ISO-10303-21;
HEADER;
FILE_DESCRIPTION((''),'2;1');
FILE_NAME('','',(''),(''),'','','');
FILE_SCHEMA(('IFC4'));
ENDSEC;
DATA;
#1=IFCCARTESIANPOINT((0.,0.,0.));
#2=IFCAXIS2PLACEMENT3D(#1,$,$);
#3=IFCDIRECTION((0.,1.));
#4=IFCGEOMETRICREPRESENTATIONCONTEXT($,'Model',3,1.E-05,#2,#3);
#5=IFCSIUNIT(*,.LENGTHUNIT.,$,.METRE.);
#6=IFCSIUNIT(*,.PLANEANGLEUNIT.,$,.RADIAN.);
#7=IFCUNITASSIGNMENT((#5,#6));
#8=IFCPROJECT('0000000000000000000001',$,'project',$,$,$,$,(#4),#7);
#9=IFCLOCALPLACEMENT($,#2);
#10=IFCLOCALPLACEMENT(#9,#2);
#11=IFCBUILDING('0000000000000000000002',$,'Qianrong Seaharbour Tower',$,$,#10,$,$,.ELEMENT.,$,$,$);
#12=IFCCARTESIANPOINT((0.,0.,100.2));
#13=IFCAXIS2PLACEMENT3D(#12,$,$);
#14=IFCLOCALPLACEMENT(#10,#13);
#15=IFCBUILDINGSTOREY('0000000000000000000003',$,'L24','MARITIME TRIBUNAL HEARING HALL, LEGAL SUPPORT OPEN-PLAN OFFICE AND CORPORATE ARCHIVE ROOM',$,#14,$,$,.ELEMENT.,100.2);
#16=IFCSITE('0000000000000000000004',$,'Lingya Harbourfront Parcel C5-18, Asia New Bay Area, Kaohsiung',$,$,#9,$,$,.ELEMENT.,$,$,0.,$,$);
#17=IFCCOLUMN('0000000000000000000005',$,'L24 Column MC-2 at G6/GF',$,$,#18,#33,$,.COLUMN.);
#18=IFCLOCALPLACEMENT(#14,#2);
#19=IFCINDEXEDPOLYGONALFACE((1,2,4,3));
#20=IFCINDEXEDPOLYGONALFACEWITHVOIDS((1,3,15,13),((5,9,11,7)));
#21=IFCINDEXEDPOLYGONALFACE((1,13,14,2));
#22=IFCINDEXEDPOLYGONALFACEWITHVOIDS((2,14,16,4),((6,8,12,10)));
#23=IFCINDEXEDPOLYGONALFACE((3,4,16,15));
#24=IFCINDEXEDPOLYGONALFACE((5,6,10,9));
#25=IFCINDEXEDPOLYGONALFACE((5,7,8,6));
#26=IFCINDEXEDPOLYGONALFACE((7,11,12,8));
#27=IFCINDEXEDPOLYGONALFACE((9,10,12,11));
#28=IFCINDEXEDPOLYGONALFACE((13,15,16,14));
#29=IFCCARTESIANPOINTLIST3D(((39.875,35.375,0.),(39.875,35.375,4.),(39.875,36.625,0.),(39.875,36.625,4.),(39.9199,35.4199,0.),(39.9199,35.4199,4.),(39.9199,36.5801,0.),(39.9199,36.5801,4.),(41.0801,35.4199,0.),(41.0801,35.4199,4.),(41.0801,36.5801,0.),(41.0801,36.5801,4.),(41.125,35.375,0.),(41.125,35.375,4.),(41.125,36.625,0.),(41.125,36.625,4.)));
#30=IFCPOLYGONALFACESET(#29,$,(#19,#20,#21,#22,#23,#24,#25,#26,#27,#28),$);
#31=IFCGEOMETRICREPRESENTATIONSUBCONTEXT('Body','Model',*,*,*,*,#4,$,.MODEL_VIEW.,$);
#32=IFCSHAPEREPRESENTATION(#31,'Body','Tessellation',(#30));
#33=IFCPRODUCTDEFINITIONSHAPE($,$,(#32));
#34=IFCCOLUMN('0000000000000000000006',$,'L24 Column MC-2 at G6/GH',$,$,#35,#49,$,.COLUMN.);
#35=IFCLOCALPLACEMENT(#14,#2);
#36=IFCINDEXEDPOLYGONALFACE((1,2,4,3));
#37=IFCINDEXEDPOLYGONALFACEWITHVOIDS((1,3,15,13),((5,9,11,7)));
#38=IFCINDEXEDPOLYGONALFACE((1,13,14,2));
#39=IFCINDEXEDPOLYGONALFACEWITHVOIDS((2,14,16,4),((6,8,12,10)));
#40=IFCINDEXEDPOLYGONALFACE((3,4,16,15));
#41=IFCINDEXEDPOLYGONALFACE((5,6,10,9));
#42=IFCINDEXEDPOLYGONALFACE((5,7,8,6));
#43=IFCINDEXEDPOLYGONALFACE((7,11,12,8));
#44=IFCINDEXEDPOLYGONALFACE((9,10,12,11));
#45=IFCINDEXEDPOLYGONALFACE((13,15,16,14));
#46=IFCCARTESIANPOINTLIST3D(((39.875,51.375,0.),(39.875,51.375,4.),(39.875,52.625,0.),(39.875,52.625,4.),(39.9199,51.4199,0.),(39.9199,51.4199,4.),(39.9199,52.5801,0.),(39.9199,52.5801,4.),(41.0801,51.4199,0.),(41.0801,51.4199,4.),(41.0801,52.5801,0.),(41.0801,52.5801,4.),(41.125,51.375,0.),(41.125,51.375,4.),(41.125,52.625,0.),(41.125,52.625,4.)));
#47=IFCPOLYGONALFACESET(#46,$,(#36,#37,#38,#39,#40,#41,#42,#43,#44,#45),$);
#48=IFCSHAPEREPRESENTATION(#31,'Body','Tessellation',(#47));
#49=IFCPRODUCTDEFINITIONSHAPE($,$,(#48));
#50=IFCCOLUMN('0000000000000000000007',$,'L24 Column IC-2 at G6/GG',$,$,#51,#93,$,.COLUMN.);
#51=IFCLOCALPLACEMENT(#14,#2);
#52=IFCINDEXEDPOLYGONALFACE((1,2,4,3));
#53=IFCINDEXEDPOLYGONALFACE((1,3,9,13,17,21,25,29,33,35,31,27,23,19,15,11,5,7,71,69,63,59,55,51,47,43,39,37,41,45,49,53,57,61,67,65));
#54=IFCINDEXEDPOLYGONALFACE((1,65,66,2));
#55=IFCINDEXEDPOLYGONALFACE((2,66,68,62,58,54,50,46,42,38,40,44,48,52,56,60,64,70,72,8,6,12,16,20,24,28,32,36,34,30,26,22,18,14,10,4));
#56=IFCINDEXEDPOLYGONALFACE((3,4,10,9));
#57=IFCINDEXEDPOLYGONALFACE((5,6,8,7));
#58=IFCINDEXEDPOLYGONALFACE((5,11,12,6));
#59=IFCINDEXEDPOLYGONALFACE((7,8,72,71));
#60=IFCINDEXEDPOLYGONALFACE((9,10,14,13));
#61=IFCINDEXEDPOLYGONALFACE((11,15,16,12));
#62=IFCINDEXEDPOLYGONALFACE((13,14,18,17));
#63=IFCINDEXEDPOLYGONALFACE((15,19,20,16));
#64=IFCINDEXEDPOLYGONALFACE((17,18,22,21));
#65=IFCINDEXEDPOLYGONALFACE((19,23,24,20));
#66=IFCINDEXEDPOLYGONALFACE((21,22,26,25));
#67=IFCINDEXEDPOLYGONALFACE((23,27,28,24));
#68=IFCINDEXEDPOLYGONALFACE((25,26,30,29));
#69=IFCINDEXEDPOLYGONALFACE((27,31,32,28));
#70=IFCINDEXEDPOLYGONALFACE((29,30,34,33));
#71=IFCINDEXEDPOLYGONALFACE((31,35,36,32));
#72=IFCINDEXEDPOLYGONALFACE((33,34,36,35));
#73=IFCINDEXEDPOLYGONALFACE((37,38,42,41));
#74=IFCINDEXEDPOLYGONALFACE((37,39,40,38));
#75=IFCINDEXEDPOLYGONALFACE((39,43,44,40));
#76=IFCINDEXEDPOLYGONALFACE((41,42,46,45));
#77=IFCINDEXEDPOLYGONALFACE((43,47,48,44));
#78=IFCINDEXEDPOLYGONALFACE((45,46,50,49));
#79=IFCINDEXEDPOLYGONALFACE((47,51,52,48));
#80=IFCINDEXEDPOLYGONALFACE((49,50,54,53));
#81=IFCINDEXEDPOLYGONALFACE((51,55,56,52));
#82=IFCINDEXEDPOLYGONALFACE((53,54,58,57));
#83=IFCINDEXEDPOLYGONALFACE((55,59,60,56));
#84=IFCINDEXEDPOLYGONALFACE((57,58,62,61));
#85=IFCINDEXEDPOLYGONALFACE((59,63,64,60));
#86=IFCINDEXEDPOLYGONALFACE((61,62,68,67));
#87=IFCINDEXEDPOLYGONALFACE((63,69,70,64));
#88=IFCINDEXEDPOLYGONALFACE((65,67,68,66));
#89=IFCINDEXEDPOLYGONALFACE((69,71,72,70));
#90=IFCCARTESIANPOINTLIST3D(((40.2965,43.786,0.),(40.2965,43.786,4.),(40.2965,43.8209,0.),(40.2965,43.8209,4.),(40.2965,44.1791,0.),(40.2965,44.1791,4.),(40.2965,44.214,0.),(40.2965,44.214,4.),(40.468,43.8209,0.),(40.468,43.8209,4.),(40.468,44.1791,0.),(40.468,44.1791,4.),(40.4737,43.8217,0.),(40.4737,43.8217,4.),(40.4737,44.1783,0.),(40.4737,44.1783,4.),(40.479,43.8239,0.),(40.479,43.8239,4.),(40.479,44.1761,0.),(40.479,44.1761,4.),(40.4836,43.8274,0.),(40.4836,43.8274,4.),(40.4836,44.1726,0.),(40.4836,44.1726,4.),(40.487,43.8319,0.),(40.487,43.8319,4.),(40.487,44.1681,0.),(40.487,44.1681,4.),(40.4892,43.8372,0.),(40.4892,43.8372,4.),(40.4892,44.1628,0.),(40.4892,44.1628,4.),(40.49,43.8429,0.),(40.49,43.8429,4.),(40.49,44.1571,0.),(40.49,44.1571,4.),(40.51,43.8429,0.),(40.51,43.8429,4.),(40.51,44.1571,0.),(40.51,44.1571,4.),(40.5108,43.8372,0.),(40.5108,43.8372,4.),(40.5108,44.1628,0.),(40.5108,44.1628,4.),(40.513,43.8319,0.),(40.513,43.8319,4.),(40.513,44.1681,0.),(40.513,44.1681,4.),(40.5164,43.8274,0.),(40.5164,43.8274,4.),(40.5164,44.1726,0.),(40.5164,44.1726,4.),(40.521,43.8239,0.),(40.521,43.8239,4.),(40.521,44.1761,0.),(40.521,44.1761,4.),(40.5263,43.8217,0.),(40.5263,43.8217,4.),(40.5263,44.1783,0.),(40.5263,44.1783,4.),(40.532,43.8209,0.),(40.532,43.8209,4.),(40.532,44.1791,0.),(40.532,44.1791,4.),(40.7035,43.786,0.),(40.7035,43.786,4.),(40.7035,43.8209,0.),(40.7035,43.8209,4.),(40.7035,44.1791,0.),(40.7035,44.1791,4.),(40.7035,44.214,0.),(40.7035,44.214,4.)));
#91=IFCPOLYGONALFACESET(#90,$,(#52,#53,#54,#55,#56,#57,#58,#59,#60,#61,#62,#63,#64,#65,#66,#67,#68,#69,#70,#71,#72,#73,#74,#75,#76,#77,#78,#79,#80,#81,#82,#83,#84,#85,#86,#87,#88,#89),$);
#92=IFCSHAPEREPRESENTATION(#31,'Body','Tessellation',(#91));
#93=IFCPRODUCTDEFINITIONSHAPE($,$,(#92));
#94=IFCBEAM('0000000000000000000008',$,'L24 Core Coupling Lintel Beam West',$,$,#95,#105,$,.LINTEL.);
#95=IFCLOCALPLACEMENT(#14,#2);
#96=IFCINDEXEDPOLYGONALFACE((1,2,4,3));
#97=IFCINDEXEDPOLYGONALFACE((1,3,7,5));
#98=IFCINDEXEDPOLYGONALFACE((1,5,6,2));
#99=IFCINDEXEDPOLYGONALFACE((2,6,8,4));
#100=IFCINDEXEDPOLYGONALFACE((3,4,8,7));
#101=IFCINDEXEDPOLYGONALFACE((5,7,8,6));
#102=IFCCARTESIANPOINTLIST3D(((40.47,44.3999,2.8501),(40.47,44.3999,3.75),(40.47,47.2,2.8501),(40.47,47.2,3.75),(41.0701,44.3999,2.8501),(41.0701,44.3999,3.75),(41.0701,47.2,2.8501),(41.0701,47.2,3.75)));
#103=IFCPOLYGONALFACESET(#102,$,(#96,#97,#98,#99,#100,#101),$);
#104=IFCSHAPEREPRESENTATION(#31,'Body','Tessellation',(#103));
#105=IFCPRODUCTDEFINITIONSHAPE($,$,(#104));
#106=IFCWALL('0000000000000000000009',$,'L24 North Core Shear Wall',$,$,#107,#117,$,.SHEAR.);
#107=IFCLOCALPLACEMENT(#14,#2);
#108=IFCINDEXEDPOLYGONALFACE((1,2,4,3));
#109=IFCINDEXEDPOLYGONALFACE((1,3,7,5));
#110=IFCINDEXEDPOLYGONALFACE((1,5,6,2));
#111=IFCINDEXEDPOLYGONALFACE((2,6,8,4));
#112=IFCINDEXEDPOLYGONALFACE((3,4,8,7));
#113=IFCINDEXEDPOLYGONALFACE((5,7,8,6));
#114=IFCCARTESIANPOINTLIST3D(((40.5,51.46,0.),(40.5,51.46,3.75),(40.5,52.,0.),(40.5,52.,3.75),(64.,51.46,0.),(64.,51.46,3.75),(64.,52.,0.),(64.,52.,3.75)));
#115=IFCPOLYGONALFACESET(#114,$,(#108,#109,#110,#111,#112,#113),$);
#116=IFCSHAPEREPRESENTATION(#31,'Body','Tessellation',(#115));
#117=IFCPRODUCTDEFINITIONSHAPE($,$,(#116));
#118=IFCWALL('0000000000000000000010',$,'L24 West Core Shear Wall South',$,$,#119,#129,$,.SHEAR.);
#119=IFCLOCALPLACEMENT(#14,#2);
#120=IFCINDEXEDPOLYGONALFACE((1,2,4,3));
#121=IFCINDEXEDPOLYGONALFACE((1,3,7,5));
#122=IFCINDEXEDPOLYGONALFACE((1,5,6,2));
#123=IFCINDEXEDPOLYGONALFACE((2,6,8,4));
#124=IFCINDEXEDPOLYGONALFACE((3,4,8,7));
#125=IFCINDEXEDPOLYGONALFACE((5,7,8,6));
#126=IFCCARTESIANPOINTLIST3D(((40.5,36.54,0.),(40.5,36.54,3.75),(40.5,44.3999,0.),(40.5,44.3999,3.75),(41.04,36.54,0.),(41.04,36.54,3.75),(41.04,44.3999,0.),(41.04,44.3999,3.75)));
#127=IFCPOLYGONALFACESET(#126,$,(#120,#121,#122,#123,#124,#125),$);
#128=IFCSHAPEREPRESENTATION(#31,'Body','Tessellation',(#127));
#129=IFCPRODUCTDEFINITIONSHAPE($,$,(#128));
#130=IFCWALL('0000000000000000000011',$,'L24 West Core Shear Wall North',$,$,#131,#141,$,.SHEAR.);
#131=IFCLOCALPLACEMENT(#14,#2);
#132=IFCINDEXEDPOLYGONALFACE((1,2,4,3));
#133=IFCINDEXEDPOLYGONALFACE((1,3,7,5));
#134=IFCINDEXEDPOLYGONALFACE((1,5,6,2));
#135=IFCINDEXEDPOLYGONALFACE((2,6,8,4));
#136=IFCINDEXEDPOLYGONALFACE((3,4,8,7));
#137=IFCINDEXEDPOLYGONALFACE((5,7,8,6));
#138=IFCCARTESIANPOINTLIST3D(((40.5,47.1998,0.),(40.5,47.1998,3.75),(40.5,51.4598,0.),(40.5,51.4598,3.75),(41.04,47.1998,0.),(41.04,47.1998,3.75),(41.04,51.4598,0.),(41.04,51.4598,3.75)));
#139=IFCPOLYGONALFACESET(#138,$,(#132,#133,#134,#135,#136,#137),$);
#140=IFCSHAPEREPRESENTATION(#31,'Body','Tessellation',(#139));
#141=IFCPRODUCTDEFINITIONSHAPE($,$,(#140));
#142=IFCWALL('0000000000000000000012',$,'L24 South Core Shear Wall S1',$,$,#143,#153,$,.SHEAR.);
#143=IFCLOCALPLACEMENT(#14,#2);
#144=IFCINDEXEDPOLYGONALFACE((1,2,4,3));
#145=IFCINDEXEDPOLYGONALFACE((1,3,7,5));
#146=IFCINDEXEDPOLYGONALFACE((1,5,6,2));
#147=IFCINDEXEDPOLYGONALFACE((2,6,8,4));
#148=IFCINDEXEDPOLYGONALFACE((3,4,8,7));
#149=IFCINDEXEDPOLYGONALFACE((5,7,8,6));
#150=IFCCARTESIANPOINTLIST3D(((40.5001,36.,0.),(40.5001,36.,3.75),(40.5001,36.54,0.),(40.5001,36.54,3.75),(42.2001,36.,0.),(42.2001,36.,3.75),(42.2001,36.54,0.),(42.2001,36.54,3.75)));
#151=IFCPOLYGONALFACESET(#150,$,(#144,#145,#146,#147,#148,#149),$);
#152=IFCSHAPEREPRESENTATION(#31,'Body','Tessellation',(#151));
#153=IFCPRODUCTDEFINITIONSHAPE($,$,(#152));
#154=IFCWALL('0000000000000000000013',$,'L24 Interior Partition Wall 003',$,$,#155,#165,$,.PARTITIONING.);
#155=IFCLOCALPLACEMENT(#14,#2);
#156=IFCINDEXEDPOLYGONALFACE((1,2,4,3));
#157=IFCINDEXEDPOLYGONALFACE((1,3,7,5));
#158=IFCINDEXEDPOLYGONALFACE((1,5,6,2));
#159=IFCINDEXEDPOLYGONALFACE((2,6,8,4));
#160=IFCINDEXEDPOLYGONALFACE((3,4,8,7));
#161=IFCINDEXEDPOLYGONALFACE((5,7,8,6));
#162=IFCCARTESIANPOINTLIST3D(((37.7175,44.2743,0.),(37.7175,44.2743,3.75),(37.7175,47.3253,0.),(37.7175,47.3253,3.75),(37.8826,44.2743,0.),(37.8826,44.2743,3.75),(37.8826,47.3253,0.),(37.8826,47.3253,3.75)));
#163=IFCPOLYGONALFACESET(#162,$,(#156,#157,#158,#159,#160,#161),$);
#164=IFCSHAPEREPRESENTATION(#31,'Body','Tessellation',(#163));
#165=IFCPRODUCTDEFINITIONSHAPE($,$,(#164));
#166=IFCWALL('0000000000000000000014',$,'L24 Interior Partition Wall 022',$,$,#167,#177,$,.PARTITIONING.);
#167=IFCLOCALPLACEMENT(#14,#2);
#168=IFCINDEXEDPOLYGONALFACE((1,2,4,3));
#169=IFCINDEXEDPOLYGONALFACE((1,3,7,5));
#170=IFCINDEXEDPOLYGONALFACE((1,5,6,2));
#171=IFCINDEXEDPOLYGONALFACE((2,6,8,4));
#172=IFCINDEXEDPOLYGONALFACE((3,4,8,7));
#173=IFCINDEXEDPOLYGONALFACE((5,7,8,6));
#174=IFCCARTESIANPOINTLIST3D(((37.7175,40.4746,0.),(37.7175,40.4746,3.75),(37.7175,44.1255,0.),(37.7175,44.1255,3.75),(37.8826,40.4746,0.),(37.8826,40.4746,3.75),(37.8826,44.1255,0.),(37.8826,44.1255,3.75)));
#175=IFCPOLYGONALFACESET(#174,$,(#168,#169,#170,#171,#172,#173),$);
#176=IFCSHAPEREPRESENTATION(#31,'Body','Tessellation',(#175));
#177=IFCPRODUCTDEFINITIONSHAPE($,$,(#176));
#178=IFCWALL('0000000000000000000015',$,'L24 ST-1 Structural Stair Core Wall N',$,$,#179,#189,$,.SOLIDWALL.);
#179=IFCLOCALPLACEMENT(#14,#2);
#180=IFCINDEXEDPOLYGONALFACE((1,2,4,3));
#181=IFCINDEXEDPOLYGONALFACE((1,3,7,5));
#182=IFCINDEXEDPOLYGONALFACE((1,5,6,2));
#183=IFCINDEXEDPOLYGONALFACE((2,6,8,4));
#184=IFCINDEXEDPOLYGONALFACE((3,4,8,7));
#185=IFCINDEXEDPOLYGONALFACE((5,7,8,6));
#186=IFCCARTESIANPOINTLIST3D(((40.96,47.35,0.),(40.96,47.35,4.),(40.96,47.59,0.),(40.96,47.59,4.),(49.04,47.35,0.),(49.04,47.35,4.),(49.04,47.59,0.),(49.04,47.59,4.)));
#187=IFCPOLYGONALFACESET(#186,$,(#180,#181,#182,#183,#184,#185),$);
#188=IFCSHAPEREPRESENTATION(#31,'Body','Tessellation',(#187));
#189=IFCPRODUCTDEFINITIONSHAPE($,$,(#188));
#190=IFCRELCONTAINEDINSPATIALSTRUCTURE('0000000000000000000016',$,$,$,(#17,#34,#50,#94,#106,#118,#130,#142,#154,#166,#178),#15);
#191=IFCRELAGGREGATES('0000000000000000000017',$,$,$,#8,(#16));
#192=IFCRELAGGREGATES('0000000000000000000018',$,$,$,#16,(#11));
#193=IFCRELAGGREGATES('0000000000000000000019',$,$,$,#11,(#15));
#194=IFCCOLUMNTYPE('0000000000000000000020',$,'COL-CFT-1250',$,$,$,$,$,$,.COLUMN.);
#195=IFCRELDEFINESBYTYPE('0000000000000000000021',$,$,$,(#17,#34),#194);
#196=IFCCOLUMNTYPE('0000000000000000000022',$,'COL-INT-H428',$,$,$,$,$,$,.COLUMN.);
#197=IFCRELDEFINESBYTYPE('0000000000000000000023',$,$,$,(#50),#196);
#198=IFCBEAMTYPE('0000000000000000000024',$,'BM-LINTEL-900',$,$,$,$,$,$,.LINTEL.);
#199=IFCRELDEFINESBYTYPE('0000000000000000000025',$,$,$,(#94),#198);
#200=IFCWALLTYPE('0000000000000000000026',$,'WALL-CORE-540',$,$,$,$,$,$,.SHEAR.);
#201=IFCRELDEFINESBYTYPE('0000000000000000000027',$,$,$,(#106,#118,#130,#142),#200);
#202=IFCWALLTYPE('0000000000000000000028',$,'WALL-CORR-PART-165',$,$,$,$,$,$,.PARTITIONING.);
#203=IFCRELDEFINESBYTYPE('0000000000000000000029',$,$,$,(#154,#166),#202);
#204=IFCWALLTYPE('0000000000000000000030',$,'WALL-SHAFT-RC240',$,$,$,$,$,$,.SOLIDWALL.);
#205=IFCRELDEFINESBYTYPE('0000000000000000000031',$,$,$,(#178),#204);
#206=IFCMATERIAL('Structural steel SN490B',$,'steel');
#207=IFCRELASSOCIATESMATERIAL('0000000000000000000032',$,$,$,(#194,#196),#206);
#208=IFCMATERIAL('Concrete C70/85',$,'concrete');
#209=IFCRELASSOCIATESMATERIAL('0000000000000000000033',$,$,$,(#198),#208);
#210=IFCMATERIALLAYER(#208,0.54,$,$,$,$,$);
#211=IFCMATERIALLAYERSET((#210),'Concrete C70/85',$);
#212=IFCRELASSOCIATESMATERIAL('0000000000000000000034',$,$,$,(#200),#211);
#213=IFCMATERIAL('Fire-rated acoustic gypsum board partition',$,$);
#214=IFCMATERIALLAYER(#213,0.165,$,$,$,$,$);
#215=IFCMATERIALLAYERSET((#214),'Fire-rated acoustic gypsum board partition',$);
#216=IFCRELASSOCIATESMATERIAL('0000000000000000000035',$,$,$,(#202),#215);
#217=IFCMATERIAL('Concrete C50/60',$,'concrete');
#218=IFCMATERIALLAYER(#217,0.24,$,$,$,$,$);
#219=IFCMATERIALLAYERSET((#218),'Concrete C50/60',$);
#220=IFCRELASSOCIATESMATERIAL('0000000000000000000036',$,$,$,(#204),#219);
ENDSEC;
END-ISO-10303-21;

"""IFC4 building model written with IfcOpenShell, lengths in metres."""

from ifc_helpers import new_model, si_unit, direction, frame, frame_2d, origin, origin_2d, place, context, subcontext, project, spatial, rectangle, hollow_rectangle, i_section, extrude, material, layer, layer_set, material_profile, profile_set, type_object, element, save


model = new_model("IFC4")

# Units and contexts
model_context = context("Model", 3, precision=1e-05, world=origin(), true_north=direction((0.0, 1.0)))
body_context = subcontext(model_context, "Body", "Model", "MODEL_VIEW")
ifc_project = project(units=[si_unit("LENGTHUNIT", "METRE"), si_unit("PLANEANGLEUNIT", "RADIAN")], contexts=[model_context])

# Site, building, storey
site_placement = place(None, origin())
site = spatial("IfcSite", under=ifc_project, at=site_placement, Name="Lingya Harbourfront Parcel C5-18, Asia New Bay Area, Kaohsiung", CompositionType="ELEMENT", RefElevation=0.0)
building_placement = place(site_placement, origin())
building = spatial("IfcBuilding", under=site, at=building_placement, Name="Qianrong Seaharbour Tower", CompositionType="ELEMENT")
storey_placement = place(building_placement, frame((0.0, 0.0, 100.2)))
storey = spatial("IfcBuildingStorey", under=building, at=storey_placement, Name="L24", Description="MARITIME TRIBUNAL HEARING HALL, LEGAL SUPPORT OPEN-PLAN OFFICE AND CORPORATE ARCHIVE ROOM", CompositionType="ELEMENT", Elevation=100.2)

# Columns
ifc_material_1 = material(Name="Structural steel SN490B", Category="steel")
ifc_material_profile_1 = material_profile(ifc_material_1, hollow_rectangle(XDim=1.25, YDim=1.25, WallThickness=0.0449, at=origin_2d()), Name="BOX1250x1250x45")
ifc_profile_set_1 = profile_set([ifc_material_profile_1], Name="Structural steel SN490B")
column_type_1 = type_object("IfcColumnType", Name="COL-CFT-1250", PredefinedType="COLUMN", material=ifc_profile_set_1)
for number, where, z_axis, x_axis, name in (
    (1, (40.5, 36.0, 0.0), (0.0, 0.0, 1.0), (1.0, 0.0, 0.0), "L24 Column MC-2 at G6/GF"),
    (2, (40.5, 52.0, 0.0), (0.0, 0.0, 1.0), (1.0, 0.0, 0.0), "L24 Column MC-2 at G6/GH"),
):
    element("IfcColumn", number, at=place(storey_placement, frame(where, z_axis=z_axis, x_axis=x_axis)), inside=storey, type_object=column_type_1, Name=name, PredefinedType="COLUMN", context=body_context, shape_type="SweptSolid", body=[
        extrude(hollow_rectangle(XDim=1.25, YDim=1.25, WallThickness=0.0449, at=origin_2d()), origin(), (0.0, 0.0, 1.0), 4.0),
    ])
ifc_material_profile_2 = material_profile(ifc_material_1, i_section(OverallWidth=0.407, OverallDepth=0.428, WebThickness=0.02, FlangeThickness=0.0349, FilletRadius=0.022, at=origin_2d()), Name="H428x407x20x35")
ifc_profile_set_2 = profile_set([ifc_material_profile_2], Name="Structural steel SN490B")
column_type_2 = type_object("IfcColumnType", Name="COL-INT-H428", PredefinedType="COLUMN", material=ifc_profile_set_2)
column_placement = place(storey_placement, frame((40.5, 44.0, 0.0), z_axis=(0.0, 0.0, 1.0), x_axis=(1.0, 0.0, 0.0)))
element("IfcColumn", 3, at=column_placement, inside=storey, type_object=column_type_2, Name="L24 Column IC-2 at G6/GG", PredefinedType="COLUMN", context=body_context, shape_type="SweptSolid", body=[
    extrude(i_section(OverallWidth=0.407, OverallDepth=0.428, WebThickness=0.02, FlangeThickness=0.0349, FilletRadius=0.022, at=origin_2d()), origin(), (0.0, 0.0, 1.0), 4.0),
])

# Beam
ifc_material_2 = material(Name="Concrete C70/85", Category="concrete")
ifc_material_profile_3 = material_profile(ifc_material_2, rectangle(XDim=0.6001, YDim=0.8999, at=origin_2d()), Name="RC600x900")
ifc_profile_set_3 = profile_set([ifc_material_profile_3], Name="Concrete C70/85")
beam_type = type_object("IfcBeamType", Name="BM-LINTEL-900", PredefinedType="LINTEL", material=ifc_profile_set_3)
beam_placement = place(storey_placement, frame((40.77, 44.3999, 3.3), z_axis=(0.0, 1.0, 0.0), x_axis=(-1.0, 0.0, 0.0)))
element("IfcBeam", 4, at=beam_placement, inside=storey, type_object=beam_type, Name="L24 Core Coupling Lintel Beam West", PredefinedType="LINTEL", context=body_context, shape_type="SweptSolid", body=[
    extrude(rectangle(XDim=0.6001, YDim=0.8999, at=origin_2d()), origin(), (0.0, 0.0, 1.0), 2.8),
])

# Walls
ifc_layer_1 = layer(ifc_material_2, 0.54)
ifc_layer_set_1 = layer_set([ifc_layer_1], Name="Concrete C70/85")
wall_type_1 = type_object("IfcWallType", Name="WALL-CORE-540", PredefinedType="SHEAR", material=ifc_layer_set_1)
wall_1_placement = place(storey_placement, frame((40.5, 51.73, 0.0), z_axis=(0.0, 0.0, 1.0), x_axis=(1.0, 0.0, 0.0)))
element("IfcWall", 5, at=wall_1_placement, inside=storey, type_object=wall_type_1, Name="L24 North Core Shear Wall", PredefinedType="SHEAR", context=body_context, shape_type="SweptSolid", body=[
    extrude(rectangle(XDim=23.5, YDim=0.54, at=frame_2d((11.75, 0.0))), origin(), (0.0, 0.0, 1.0), 3.75),
])
wall_2_placement = place(storey_placement, frame((40.77, 36.54, 0.0), z_axis=(0.0, 0.0, 1.0), x_axis=(0.0, 1.0, 0.0)))
element("IfcWall", 6, at=wall_2_placement, inside=storey, type_object=wall_type_1, Name="L24 West Core Shear Wall South", PredefinedType="SHEAR", context=body_context, shape_type="SweptSolid", body=[
    extrude(rectangle(XDim=7.8599, YDim=0.54, at=frame_2d((3.9299, 0.0))), origin(), (0.0, 0.0, 1.0), 3.75),
])
wall_3_placement = place(storey_placement, frame((40.77, 47.2, 0.0), z_axis=(0.0, 0.0, 1.0), x_axis=(0.0, 1.0, 0.0)))
element("IfcWall", 7, at=wall_3_placement, inside=storey, type_object=wall_type_1, Name="L24 West Core Shear Wall North", PredefinedType="SHEAR", context=body_context, shape_type="SweptSolid", body=[
    extrude(rectangle(XDim=4.26, YDim=0.54, at=frame_2d((2.1299, 0.0))), origin(), (0.0, 0.0, 1.0), 3.75),
])
wall_4_placement = place(storey_placement, frame((40.5, 36.27, 0.0), z_axis=(0.0, 0.0, 1.0), x_axis=(1.0, 0.0, 0.0)))
element("IfcWall", 8, at=wall_4_placement, inside=storey, type_object=wall_type_1, Name="L24 South Core Shear Wall S1", PredefinedType="SHEAR", context=body_context, shape_type="SweptSolid", body=[
    extrude(rectangle(XDim=1.7, YDim=0.54, at=frame_2d((0.8501, 0.0))), origin(), (0.0, 0.0, 1.0), 3.75),
])

# Shared definitions
ifc_material_3 = material(Name="Fire-rated acoustic gypsum board partition")
ifc_layer_2 = layer(ifc_material_3, 0.165)
ifc_layer_set_2 = layer_set([ifc_layer_2], Name="Fire-rated acoustic gypsum board partition")
wall_type_2 = type_object("IfcWallType", Name="WALL-CORR-PART-165", PredefinedType="PARTITIONING", material=ifc_layer_set_2)

# Walls
wall_5_placement = place(storey_placement, frame((37.8, 44.2744, 0.0), z_axis=(0.0, 0.0, 1.0), x_axis=(0.0, 1.0, 0.0)))
element("IfcWall", 9, at=wall_5_placement, inside=storey, type_object=wall_type_2, Name="L24 Interior Partition Wall 003", PredefinedType="PARTITIONING", context=body_context, shape_type="SweptSolid", body=[
    extrude(rectangle(XDim=3.051, YDim=0.165, at=frame_2d((1.5254, 0.0))), origin(), (0.0, 0.0, 1.0), 3.75),
])
wall_6_placement = place(storey_placement, frame((37.8, 40.4746, 0.0), z_axis=(0.0, 0.0, 1.0), x_axis=(0.0, 1.0, 0.0)))
element("IfcWall", 10, at=wall_6_placement, inside=storey, type_object=wall_type_2, Name="L24 Interior Partition Wall 022", PredefinedType="PARTITIONING", context=body_context, shape_type="SweptSolid", body=[
    extrude(rectangle(XDim=3.6509, YDim=0.165, at=frame_2d((1.8254, 0.0))), origin(), (0.0, 0.0, 1.0), 3.75),
])
ifc_material_4 = material(Name="Concrete C50/60", Category="concrete")
ifc_layer_3 = layer(ifc_material_4, 0.24)
ifc_layer_set_3 = layer_set([ifc_layer_3], Name="Concrete C50/60")
wall_type_3 = type_object("IfcWallType", Name="WALL-SHAFT-RC240", PredefinedType="SOLIDWALL", material=ifc_layer_set_3)
wall_7_placement = place(storey_placement, frame((40.96, 47.47, 0.0), z_axis=(0.0, 0.0, 1.0), x_axis=(1.0, 0.0, 0.0)))
element("IfcWall", 11, at=wall_7_placement, inside=storey, type_object=wall_type_3, Name="L24 ST-1 Structural Stair Core Wall N", PredefinedType="SOLIDWALL", context=body_context, shape_type="SweptSolid", body=[
    extrude(rectangle(XDim=8.0801, YDim=0.24, at=frame_2d((4.04, 0.0))), origin(), (0.0, 0.0, 1.0), 4.0),
])

save(model, "model.ifc")
